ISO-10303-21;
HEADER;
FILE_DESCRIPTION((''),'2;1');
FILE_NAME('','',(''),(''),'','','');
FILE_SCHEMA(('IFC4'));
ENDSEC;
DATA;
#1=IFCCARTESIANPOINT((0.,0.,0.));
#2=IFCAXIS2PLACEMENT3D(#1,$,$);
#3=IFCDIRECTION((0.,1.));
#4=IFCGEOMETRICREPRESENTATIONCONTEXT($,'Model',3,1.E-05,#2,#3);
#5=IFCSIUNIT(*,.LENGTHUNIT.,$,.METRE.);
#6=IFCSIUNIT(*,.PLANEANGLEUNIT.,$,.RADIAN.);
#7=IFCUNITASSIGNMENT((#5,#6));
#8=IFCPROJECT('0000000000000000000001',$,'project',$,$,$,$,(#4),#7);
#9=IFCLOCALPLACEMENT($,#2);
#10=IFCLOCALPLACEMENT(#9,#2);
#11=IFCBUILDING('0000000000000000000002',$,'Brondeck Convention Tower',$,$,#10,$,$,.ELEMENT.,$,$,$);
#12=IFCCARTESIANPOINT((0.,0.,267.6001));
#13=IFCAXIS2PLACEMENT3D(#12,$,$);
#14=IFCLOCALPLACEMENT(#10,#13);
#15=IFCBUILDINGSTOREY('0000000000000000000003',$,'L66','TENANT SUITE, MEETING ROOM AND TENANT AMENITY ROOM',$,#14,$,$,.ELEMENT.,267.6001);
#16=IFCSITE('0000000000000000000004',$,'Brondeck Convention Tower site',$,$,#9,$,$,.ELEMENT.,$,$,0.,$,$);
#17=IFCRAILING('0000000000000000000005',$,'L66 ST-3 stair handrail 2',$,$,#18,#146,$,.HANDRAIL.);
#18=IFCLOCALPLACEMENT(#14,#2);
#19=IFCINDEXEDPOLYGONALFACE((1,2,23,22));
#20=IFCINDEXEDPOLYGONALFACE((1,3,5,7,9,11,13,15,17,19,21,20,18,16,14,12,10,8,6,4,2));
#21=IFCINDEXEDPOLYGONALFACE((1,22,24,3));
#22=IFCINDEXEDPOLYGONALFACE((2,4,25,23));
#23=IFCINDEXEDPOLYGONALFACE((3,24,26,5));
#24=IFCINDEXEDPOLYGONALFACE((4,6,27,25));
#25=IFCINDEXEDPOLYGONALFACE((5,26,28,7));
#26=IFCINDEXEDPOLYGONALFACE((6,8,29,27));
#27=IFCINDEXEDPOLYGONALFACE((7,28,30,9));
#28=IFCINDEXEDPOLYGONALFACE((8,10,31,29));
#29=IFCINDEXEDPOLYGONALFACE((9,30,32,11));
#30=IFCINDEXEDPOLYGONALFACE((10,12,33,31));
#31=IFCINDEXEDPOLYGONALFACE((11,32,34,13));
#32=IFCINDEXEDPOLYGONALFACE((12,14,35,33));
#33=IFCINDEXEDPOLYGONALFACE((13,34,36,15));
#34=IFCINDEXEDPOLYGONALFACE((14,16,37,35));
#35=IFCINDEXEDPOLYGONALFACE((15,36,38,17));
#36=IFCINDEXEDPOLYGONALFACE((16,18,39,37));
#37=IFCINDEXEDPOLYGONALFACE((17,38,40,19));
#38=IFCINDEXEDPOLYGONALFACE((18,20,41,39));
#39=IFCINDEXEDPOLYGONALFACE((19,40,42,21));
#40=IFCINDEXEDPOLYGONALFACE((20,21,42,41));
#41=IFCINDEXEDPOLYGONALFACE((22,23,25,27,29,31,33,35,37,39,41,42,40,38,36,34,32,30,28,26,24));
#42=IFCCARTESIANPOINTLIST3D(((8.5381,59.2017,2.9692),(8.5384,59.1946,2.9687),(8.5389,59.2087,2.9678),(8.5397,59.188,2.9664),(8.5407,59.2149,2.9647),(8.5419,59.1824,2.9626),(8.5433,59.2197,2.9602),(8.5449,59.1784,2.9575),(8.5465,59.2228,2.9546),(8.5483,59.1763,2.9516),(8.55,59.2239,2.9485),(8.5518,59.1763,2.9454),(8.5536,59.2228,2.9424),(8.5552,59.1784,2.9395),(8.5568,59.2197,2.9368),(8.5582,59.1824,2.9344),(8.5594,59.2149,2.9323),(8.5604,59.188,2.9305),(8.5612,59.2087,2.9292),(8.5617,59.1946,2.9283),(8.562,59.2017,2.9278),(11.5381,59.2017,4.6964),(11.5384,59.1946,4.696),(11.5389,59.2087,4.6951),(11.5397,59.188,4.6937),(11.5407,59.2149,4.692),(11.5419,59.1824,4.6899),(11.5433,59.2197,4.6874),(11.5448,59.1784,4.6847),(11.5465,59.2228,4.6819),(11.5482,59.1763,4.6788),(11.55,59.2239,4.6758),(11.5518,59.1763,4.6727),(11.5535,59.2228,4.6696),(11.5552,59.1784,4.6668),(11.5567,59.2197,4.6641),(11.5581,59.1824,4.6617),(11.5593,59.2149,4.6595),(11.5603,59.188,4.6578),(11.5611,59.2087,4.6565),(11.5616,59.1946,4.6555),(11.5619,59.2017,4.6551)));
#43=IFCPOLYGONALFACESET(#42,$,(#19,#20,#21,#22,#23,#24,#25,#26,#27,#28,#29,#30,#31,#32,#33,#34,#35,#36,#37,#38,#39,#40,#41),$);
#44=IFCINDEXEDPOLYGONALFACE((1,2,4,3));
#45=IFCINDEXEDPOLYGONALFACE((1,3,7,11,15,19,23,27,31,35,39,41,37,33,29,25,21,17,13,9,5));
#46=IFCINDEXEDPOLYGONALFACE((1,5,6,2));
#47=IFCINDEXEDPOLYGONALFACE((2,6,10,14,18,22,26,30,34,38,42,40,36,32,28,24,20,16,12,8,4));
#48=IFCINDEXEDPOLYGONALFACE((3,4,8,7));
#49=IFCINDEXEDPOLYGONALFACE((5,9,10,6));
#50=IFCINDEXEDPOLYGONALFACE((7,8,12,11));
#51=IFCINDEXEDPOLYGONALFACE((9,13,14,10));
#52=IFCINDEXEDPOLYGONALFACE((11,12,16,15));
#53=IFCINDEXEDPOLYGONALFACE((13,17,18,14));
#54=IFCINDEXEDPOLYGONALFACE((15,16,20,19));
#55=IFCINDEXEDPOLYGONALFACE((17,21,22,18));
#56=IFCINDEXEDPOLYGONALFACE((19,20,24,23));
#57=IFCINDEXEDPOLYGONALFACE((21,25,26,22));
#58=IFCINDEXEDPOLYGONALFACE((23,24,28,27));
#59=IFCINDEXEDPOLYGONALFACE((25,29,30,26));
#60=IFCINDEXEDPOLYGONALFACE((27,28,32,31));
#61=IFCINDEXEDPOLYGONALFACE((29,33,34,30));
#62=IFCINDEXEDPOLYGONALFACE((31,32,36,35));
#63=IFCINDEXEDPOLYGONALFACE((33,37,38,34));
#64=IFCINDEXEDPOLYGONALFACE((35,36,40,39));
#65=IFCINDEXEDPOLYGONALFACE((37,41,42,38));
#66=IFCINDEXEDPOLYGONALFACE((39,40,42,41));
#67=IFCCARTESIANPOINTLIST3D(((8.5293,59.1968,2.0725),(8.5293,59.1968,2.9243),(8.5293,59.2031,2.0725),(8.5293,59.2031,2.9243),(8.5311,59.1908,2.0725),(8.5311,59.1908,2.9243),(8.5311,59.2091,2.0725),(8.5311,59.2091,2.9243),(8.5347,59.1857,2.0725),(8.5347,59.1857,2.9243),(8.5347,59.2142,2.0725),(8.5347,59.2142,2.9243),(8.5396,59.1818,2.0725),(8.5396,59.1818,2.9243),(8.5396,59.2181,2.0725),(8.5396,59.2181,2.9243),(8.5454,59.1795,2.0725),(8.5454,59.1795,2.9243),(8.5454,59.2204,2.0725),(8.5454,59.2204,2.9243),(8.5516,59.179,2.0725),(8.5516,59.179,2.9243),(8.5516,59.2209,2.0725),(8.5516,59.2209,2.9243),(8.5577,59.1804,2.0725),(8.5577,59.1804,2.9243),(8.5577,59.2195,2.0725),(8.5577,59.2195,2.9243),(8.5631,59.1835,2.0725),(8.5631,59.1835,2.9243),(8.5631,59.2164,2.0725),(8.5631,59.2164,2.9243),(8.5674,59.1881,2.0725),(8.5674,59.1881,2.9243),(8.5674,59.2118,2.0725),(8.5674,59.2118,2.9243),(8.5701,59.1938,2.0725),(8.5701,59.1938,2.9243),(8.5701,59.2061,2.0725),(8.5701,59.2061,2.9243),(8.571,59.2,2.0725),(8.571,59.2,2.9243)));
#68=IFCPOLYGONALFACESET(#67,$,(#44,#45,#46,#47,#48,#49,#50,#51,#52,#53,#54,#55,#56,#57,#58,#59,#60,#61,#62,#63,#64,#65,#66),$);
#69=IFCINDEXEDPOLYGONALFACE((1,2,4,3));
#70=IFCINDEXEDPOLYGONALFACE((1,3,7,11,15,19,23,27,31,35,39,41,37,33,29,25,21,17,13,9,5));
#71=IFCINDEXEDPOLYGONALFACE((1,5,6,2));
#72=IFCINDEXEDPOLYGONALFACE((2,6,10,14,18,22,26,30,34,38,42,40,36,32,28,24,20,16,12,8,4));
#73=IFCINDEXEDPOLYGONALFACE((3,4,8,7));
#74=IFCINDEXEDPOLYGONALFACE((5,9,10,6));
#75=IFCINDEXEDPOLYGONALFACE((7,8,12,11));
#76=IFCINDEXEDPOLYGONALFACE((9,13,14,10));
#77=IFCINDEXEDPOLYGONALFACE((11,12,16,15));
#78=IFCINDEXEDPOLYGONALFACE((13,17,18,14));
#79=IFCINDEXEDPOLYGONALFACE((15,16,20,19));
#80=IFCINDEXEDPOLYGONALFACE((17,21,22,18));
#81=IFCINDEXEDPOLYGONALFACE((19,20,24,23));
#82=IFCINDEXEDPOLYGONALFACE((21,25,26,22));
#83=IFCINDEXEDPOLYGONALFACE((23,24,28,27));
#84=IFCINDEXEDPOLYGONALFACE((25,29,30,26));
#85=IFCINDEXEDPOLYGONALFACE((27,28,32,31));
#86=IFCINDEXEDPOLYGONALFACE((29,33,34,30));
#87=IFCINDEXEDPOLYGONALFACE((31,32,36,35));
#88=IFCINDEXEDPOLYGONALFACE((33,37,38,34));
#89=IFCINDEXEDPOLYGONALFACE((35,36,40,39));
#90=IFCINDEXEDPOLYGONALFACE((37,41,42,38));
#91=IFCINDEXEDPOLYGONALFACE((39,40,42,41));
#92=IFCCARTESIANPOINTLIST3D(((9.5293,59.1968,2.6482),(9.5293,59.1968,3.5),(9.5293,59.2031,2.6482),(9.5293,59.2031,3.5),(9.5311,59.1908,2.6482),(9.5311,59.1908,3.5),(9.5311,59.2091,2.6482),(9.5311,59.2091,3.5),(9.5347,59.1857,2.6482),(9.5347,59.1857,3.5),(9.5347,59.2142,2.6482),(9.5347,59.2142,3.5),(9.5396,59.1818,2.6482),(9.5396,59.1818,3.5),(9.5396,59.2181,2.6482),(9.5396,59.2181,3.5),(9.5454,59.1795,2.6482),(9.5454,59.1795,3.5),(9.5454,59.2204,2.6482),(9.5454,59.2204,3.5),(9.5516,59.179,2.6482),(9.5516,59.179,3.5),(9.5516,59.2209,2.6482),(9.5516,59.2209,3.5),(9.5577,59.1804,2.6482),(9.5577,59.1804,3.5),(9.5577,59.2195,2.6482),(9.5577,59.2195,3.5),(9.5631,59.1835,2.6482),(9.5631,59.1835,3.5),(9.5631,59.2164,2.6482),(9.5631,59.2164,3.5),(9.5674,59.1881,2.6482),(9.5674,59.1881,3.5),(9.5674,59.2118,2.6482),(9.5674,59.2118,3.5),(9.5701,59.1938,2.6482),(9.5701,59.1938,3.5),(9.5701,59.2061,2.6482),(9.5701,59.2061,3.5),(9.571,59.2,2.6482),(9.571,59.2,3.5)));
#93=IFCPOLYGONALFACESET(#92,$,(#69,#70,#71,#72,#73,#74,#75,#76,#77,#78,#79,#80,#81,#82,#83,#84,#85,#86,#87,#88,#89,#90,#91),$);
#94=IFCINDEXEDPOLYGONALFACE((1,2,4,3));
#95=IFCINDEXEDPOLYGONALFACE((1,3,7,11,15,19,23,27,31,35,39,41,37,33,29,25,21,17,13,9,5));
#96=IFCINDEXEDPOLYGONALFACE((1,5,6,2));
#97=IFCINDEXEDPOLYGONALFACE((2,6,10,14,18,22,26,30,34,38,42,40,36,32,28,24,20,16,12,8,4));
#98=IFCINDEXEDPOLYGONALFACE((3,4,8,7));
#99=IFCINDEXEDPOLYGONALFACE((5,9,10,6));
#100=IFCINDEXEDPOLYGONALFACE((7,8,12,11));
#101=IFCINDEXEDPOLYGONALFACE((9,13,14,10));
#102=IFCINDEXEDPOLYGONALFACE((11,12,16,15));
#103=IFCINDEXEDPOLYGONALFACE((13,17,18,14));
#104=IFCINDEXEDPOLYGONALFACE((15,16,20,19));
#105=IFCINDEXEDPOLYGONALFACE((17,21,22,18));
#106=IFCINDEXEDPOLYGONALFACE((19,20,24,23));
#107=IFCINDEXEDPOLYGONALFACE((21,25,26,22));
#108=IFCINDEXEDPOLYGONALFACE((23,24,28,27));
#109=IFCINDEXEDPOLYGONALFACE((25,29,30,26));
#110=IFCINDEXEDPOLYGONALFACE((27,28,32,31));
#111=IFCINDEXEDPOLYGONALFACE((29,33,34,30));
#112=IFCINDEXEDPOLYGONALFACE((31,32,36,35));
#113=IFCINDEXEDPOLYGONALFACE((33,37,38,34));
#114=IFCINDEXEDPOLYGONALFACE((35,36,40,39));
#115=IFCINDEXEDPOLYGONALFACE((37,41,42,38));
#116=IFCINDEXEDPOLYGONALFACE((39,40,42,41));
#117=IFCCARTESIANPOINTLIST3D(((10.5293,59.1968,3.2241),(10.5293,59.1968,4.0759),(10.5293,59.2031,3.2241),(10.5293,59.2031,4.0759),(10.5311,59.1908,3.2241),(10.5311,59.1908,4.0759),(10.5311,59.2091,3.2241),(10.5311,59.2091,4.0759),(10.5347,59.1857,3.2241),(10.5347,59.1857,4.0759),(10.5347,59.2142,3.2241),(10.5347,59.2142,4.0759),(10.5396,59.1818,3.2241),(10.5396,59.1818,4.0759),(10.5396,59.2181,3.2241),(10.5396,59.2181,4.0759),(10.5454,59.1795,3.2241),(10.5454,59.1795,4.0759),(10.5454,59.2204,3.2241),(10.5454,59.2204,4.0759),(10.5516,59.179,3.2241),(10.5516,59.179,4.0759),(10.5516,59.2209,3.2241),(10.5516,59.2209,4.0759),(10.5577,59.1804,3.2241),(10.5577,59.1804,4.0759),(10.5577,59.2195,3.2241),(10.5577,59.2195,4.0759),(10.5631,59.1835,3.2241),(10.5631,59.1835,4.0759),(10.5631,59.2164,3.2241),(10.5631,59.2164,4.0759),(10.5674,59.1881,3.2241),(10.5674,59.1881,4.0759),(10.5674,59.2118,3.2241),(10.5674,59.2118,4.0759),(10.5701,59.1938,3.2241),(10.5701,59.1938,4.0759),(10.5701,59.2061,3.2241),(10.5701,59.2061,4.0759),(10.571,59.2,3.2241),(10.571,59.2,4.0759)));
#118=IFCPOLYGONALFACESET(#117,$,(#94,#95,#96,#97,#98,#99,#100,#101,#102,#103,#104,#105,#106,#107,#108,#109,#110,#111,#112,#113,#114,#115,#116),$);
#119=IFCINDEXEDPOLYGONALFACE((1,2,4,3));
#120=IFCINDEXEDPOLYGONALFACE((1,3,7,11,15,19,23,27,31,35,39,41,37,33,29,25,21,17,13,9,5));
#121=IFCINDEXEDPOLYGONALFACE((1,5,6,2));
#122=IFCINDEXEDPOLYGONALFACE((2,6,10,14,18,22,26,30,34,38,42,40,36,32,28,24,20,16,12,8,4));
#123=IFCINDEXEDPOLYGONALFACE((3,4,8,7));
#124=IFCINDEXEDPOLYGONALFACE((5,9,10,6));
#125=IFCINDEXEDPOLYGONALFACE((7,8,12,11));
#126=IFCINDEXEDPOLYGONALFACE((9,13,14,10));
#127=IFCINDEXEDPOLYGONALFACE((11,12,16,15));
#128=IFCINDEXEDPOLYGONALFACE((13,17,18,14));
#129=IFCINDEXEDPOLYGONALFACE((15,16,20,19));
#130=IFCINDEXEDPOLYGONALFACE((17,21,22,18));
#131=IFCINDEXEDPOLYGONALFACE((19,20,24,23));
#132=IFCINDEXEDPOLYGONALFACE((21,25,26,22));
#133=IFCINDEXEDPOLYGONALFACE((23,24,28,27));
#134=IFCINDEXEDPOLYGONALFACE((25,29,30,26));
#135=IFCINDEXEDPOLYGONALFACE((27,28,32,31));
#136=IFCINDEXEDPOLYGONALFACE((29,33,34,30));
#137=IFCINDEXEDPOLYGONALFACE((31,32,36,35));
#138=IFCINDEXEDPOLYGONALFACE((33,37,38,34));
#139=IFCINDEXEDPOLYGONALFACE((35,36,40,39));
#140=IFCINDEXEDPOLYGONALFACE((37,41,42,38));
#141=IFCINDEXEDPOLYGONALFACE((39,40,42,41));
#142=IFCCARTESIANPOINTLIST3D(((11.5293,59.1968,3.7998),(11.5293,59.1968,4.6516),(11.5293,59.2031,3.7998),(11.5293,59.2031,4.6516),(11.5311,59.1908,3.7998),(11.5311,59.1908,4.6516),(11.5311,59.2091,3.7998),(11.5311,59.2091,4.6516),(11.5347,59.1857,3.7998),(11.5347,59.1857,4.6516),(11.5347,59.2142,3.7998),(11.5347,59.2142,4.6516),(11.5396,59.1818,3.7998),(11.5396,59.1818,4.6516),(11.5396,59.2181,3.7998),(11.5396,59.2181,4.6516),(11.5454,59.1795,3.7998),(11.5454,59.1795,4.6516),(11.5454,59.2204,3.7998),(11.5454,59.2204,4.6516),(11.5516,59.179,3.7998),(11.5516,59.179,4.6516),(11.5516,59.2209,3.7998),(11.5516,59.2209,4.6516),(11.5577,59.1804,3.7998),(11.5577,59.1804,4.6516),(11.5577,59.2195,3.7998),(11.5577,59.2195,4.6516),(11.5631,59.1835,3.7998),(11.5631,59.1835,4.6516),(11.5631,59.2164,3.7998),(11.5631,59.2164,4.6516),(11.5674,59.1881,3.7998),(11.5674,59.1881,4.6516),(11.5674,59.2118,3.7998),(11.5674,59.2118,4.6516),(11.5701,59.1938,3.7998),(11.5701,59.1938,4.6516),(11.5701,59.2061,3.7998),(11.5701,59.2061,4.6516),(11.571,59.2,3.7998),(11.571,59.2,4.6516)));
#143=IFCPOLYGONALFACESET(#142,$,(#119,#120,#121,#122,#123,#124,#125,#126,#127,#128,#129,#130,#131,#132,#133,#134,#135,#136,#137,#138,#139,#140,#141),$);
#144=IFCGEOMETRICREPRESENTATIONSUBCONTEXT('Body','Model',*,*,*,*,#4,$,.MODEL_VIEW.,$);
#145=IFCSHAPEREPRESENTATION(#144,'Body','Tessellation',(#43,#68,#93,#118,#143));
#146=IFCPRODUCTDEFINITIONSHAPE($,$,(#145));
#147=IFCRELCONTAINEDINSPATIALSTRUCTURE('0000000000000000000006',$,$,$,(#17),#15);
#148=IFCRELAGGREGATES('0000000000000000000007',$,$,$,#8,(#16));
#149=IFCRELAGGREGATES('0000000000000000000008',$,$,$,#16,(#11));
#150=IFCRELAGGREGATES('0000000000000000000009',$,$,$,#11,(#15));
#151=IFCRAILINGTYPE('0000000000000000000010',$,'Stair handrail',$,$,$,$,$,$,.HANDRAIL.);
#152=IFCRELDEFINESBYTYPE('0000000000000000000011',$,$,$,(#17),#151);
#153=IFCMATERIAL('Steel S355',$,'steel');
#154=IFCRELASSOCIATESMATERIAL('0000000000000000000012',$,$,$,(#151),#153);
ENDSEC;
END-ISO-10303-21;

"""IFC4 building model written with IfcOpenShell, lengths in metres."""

from ifc_helpers import new_model, si_unit, direction, frame, origin, origin_2d, place, context, subcontext, project, spatial, circle, extrude, material, type_object, element, save


model = new_model("IFC4")

# Units and contexts
model_context = context("Model", 3, precision=1e-05, world=origin(), true_north=direction((0.0, 1.0)))
body_context = subcontext(model_context, "Body", "Model", "MODEL_VIEW")
ifc_project = project(units=[si_unit("LENGTHUNIT", "METRE"), si_unit("PLANEANGLEUNIT", "RADIAN")], contexts=[model_context])

# Site, building, storey
site_placement = place(None, origin())
site = spatial("IfcSite", under=ifc_project, at=site_placement, Name="Brondeck Convention Tower site", CompositionType="ELEMENT", RefElevation=0.0)
building_placement = place(site_placement, origin())
building = spatial("IfcBuilding", under=site, at=building_placement, Name="Brondeck Convention Tower", CompositionType="ELEMENT")
storey_placement = place(building_placement, frame((0.0, 0.0, 267.6001)))
storey = spatial("IfcBuildingStorey", under=building, at=storey_placement, Name="L66", Description="TENANT SUITE, MEETING ROOM AND TENANT AMENITY ROOM", CompositionType="ELEMENT", Elevation=267.6001)

# Railing
ifc_material_1 = material(Name="Steel S355", Category="steel")
railing_type_1 = type_object("IfcRailingType", Name="Stair handrail", PredefinedType="HANDRAIL", material=ifc_material_1)
railing_1_placement = place(storey_placement, frame((8.55, 59.2, 2.0725)))
element("IfcRailing", 1, at=railing_1_placement, inside=storey, type_object=railing_type_1, Name="L66 ST-3 stair handrail 2", PredefinedType="HANDRAIL", context=body_context, shape_type="SweptSolid", body=[
    extrude(circle(Radius=0.0239, at=origin_2d()), frame((0.0, 0.0, 0.876), z_axis=(0.86662, 0.0, 0.498969), x_axis=(0.0, 1.0, 0.0)), (0.0, 0.0, 1.0), 3.4617),
    extrude(circle(Radius=0.021, at=origin_2d()), origin(), (0.0, 0.0, 1.0), 0.8518),
    extrude(circle(Radius=0.021, at=origin_2d()), frame((1.0, 0.0, 0.5757)), (0.0, 0.0, 1.0), 0.8518),
    extrude(circle(Radius=0.021, at=origin_2d()), frame((2.0, 0.0, 1.1516)), (0.0, 0.0, 1.0), 0.8518),
    extrude(circle(Radius=0.021, at=origin_2d()), frame((3.0, 0.0, 1.7273)), (0.0, 0.0, 1.0), 0.8518),
])

save(model, "model.ifc")
